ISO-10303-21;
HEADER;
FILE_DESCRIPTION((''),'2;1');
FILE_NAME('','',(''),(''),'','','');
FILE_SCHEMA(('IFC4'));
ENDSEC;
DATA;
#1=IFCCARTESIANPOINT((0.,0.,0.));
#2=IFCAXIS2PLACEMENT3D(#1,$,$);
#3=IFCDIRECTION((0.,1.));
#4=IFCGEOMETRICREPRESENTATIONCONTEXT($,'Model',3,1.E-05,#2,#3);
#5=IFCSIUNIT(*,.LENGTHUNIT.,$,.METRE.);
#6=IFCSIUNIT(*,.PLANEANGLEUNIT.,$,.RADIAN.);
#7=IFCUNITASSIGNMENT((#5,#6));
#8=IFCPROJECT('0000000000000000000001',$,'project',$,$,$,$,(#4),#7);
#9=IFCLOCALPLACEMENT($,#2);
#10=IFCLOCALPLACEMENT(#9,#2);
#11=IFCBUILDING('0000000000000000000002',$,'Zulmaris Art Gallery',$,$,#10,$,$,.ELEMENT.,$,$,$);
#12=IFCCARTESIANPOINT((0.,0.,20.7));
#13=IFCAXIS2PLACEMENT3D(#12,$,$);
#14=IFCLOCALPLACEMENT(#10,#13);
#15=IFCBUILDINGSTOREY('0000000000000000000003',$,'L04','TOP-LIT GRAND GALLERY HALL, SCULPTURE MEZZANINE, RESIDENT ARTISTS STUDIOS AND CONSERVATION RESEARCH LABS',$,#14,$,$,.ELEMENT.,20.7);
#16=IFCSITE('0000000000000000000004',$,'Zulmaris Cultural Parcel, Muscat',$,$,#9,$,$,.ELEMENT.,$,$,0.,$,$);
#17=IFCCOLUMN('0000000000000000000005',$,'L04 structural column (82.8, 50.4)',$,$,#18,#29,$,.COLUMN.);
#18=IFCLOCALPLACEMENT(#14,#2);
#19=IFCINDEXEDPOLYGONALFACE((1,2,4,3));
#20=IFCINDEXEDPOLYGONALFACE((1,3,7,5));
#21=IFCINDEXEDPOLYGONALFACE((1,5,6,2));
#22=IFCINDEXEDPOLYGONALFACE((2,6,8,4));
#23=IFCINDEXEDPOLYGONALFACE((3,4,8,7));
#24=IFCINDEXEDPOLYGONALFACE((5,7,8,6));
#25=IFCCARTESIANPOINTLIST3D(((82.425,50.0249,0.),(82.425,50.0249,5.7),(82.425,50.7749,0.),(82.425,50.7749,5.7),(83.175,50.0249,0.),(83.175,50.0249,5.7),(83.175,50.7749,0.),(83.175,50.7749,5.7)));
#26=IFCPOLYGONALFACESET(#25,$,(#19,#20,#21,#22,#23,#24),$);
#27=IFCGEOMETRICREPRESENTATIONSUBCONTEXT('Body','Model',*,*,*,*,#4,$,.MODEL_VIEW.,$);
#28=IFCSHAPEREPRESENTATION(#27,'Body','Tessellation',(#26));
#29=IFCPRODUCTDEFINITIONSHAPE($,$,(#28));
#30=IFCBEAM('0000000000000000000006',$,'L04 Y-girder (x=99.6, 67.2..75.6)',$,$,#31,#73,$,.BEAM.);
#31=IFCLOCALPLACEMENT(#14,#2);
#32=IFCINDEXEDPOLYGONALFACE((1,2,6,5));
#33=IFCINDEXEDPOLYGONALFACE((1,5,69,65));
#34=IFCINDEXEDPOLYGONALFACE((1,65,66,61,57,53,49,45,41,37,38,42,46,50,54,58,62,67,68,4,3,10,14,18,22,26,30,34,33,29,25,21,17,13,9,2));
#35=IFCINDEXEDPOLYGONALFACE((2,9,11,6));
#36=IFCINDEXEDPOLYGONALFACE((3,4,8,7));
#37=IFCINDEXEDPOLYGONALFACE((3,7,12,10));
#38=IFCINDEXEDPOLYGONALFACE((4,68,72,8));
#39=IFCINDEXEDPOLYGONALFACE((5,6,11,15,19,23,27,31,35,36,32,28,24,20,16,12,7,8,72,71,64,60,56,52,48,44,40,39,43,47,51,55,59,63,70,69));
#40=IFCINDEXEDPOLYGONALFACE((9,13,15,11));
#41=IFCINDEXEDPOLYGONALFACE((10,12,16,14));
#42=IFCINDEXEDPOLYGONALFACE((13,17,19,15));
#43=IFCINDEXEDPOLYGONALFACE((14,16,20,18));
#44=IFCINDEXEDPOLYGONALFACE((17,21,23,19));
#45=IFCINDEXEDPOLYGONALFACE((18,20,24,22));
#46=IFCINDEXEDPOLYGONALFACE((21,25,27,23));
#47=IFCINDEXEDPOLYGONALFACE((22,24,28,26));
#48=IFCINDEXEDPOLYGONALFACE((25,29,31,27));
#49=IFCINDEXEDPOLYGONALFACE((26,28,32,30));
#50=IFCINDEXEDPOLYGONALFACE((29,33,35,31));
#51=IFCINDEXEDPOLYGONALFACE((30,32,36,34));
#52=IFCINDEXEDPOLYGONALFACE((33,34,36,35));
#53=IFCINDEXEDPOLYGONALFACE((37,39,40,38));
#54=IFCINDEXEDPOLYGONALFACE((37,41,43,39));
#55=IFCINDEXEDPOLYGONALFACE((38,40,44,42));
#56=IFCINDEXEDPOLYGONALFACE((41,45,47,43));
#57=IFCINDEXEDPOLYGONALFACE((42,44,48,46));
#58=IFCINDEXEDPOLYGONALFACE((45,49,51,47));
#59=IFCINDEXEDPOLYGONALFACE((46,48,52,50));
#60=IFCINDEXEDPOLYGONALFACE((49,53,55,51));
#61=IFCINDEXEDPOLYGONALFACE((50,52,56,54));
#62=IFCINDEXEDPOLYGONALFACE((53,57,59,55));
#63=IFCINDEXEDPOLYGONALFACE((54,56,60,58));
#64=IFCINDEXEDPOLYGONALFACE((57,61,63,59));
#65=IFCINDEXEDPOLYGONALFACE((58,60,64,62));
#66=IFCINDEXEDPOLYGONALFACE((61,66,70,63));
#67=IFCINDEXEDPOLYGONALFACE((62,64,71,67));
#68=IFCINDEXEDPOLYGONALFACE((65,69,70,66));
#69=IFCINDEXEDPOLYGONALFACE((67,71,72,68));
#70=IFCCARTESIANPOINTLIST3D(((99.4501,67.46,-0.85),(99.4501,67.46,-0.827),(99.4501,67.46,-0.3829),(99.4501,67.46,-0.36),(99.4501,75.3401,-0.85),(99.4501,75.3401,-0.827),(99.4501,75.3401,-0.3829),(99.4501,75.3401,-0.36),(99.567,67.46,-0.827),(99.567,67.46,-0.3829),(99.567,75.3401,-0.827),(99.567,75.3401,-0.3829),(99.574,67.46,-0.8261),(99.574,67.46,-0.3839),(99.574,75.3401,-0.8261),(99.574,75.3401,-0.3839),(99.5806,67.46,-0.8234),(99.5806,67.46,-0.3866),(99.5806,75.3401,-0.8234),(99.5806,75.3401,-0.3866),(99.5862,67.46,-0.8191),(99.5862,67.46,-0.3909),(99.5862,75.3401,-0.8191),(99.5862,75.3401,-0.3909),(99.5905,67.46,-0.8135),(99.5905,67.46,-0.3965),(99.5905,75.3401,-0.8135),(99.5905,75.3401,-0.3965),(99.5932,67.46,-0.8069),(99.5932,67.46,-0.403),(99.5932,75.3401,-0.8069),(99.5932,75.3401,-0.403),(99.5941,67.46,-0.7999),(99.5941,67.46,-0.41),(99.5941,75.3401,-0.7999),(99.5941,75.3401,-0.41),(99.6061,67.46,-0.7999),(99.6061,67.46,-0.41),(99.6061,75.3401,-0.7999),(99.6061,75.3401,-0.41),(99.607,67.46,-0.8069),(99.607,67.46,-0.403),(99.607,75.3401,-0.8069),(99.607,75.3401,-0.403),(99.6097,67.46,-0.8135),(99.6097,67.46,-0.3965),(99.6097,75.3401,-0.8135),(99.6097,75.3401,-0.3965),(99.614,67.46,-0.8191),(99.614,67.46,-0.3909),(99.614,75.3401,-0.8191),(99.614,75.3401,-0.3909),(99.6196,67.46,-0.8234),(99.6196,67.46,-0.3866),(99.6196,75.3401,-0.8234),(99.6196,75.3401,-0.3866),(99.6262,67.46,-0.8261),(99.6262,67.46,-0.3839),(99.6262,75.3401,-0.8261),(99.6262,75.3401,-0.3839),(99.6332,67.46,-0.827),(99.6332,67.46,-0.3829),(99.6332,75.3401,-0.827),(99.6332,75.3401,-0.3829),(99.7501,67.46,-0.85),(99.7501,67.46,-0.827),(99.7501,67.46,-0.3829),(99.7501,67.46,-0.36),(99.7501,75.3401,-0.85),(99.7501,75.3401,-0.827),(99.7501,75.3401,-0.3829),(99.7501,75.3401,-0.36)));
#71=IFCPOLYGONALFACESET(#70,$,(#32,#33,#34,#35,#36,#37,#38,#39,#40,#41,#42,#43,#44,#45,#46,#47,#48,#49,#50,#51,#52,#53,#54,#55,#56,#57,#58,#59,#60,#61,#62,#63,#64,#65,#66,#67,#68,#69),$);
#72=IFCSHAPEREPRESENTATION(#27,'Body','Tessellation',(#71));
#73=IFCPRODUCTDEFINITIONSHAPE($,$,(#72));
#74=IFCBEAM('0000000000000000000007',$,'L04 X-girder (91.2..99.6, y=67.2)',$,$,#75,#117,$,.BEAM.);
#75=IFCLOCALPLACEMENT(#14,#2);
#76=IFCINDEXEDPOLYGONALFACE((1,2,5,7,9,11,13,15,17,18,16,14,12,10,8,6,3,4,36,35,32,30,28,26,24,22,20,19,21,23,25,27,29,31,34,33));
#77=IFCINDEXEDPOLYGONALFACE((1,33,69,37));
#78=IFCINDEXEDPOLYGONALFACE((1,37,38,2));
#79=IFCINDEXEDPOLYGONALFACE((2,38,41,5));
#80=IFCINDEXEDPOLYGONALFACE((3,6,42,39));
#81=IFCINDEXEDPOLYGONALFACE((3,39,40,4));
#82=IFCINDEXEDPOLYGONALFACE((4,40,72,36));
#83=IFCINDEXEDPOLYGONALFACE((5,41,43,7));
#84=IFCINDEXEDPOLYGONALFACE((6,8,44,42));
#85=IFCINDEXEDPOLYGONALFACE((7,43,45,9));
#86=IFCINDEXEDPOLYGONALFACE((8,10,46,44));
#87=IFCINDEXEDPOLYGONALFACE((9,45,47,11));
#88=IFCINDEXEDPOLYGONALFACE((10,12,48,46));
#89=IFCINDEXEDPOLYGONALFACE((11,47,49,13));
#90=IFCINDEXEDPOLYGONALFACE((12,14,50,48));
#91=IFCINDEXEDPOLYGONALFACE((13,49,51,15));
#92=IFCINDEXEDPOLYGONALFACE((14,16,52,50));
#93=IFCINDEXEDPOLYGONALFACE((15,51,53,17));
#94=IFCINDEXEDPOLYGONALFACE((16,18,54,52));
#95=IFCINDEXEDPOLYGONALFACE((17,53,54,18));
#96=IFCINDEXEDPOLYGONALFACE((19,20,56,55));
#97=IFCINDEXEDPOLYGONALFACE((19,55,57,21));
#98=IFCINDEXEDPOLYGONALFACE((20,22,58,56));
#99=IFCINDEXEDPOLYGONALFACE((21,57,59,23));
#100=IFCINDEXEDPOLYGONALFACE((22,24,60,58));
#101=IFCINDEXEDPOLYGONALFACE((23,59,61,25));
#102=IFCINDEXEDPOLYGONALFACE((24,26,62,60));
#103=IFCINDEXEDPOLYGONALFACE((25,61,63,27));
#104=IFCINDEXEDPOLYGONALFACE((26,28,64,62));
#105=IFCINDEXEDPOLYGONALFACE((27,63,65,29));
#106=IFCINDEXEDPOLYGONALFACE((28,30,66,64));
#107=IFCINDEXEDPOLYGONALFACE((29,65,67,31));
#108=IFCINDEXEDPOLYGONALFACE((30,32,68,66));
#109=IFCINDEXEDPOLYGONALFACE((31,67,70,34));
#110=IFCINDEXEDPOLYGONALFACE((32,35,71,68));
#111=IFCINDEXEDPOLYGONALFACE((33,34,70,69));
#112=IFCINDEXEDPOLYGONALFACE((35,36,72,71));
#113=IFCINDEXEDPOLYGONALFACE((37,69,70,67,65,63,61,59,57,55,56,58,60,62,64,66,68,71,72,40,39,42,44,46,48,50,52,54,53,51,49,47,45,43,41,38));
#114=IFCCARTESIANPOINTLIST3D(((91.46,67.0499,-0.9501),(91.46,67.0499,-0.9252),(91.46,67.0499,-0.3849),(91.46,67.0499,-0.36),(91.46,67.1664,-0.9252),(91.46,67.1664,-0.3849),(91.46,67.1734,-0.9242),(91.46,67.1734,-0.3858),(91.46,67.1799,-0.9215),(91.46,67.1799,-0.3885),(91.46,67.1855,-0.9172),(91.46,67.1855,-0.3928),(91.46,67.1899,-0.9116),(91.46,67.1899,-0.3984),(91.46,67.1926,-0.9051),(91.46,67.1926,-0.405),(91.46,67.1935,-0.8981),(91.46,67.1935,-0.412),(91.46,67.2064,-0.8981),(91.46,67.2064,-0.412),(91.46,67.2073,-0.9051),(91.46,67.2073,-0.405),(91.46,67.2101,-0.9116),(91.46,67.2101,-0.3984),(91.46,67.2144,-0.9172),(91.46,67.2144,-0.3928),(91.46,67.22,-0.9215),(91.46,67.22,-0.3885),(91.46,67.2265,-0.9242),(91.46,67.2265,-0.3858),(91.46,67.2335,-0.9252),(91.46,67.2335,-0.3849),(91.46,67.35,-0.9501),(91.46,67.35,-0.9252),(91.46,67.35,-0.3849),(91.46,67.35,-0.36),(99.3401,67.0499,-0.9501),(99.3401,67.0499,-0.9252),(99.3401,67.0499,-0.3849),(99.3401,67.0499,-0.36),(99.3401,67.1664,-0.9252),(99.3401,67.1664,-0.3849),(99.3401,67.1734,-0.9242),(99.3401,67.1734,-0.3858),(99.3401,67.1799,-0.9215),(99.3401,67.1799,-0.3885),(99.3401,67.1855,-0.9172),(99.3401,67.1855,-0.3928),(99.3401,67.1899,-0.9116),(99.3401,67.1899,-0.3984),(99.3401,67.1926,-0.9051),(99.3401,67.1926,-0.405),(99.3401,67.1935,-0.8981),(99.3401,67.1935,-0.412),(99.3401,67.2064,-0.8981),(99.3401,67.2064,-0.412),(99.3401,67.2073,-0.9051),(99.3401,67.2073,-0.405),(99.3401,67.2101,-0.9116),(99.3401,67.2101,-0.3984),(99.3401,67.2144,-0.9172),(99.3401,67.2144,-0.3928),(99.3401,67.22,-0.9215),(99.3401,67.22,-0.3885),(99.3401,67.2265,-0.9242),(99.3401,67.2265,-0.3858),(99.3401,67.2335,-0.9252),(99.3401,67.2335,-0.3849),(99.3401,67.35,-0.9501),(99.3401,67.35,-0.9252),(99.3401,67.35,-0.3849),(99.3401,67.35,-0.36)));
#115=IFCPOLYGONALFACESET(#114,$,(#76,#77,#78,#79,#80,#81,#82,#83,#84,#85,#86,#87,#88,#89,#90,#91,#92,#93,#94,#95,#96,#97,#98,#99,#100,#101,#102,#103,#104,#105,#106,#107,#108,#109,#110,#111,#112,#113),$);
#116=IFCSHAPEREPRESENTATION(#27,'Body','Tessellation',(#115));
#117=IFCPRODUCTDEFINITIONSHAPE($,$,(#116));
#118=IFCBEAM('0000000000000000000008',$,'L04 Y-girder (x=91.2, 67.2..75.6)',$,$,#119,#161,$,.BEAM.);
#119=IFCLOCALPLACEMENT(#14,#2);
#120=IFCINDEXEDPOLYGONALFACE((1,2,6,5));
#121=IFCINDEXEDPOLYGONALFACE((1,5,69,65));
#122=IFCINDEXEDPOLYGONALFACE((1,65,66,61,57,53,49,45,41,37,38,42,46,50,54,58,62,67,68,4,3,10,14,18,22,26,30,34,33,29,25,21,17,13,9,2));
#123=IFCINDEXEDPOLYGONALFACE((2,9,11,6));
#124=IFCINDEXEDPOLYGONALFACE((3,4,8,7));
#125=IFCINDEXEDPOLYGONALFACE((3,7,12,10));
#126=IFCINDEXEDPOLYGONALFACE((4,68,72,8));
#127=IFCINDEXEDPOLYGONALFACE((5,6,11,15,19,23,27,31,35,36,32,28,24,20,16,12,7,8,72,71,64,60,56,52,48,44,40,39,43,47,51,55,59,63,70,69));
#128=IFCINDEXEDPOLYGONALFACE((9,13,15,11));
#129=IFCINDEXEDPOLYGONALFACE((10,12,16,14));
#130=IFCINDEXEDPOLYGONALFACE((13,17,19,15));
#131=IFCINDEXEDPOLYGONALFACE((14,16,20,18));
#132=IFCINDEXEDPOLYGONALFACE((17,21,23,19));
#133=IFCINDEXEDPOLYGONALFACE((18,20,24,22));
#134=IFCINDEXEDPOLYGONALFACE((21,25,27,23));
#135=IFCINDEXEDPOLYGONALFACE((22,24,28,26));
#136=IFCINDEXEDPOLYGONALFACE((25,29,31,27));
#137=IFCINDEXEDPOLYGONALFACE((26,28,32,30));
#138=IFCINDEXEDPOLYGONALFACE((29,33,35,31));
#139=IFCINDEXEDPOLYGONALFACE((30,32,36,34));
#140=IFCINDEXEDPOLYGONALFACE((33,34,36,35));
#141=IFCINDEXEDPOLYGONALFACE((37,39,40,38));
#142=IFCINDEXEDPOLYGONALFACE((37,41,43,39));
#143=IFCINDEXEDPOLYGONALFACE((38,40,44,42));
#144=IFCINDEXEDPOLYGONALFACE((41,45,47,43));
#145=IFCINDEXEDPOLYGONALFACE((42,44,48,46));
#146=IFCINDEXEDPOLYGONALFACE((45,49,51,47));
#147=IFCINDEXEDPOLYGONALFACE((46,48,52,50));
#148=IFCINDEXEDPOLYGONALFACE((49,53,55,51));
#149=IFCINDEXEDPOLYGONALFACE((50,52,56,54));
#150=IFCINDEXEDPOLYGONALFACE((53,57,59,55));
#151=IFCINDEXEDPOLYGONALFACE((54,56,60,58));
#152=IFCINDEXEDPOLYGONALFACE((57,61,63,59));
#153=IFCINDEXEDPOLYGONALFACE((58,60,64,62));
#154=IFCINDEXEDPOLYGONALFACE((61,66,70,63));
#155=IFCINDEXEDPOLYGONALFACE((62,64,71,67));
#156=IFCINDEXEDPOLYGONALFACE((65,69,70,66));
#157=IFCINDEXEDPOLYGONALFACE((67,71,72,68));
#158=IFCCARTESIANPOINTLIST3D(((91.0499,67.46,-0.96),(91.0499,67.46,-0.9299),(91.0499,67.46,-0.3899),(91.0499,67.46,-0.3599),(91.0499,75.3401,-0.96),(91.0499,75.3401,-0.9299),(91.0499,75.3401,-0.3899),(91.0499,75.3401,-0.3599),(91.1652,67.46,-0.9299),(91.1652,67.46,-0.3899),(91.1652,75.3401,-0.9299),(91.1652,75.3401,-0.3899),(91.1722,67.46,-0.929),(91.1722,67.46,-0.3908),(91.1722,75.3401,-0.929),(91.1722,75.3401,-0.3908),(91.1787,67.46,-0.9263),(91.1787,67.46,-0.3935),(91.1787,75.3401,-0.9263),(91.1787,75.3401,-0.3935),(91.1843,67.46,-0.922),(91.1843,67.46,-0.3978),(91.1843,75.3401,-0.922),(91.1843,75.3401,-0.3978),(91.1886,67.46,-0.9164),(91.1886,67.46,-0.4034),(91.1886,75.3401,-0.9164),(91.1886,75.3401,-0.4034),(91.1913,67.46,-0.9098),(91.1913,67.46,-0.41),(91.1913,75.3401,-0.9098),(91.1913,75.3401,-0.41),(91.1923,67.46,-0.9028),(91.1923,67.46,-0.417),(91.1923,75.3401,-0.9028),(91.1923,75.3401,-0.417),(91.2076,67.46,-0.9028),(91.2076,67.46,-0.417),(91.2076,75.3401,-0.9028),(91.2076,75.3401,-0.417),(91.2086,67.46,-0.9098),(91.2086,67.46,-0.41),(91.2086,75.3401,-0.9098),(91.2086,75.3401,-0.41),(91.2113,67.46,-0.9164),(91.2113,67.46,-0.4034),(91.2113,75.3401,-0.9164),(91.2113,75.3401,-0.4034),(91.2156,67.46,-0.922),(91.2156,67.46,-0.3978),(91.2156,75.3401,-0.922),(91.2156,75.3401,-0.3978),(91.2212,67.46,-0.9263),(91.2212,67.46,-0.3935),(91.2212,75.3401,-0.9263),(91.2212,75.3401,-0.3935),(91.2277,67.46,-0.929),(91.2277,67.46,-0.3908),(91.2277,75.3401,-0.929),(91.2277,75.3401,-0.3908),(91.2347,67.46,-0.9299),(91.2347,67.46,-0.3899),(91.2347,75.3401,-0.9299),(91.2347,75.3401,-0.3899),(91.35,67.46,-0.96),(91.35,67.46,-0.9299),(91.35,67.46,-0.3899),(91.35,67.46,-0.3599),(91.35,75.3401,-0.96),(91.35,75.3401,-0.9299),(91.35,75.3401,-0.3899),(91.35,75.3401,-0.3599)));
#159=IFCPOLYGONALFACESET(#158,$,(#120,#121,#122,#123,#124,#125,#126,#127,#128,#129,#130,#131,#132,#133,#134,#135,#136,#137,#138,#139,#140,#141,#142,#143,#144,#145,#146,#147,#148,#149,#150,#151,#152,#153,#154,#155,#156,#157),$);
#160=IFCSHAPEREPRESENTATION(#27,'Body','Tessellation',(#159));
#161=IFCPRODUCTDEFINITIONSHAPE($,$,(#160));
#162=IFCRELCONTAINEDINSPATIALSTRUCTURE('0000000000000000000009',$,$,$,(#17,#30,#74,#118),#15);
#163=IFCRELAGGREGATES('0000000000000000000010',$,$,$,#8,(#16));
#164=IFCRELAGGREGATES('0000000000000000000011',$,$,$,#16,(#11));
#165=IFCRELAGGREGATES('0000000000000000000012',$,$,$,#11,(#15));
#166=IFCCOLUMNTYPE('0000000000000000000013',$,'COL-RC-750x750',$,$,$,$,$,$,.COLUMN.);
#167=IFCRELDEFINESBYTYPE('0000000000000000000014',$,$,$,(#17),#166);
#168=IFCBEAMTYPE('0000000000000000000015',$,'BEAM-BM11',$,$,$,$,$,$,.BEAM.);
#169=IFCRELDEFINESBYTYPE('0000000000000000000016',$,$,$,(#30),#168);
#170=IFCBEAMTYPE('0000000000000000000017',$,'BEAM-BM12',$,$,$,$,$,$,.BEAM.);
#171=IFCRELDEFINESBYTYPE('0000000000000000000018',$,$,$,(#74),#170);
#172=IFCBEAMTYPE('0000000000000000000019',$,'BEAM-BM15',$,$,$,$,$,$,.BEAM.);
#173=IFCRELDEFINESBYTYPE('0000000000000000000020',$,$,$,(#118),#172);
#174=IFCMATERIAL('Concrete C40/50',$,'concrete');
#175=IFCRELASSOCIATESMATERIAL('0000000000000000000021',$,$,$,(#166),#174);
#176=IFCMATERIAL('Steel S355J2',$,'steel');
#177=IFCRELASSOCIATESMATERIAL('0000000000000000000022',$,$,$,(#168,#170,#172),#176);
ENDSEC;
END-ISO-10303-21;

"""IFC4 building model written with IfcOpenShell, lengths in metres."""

from ifc_helpers import new_model, si_unit, direction, frame, origin, origin_2d, place, context, subcontext, project, spatial, rectangle, i_section, extrude, material, material_profile, profile_set, type_object, element, save


model = new_model("IFC4")

# Units and contexts
model_context = context("Model", 3, precision=1e-05, world=origin(), true_north=direction((0.0, 1.0)))
body_context = subcontext(model_context, "Body", "Model", "MODEL_VIEW")
ifc_project = project(units=[si_unit("LENGTHUNIT", "METRE"), si_unit("PLANEANGLEUNIT", "RADIAN")], contexts=[model_context])

# Site, building, storey
site_placement = place(None, origin())
site = spatial("IfcSite", under=ifc_project, at=site_placement, Name="Zulmaris Cultural Parcel, Muscat", CompositionType="ELEMENT", RefElevation=0.0)
building_placement = place(site_placement, origin())
building = spatial("IfcBuilding", under=site, at=building_placement, Name="Zulmaris Art Gallery", CompositionType="ELEMENT")
storey_placement = place(building_placement, frame((0.0, 0.0, 20.7)))
storey = spatial("IfcBuildingStorey", under=building, at=storey_placement, Name="L04", Description="TOP-LIT GRAND GALLERY HALL, SCULPTURE MEZZANINE, RESIDENT ARTISTS STUDIOS AND CONSERVATION RESEARCH LABS", CompositionType="ELEMENT", Elevation=20.7)

# Column
ifc_material_1 = material(Name="Concrete C40/50", Category="concrete")
ifc_material_profile_1 = material_profile(ifc_material_1, rectangle(XDim=0.75, YDim=0.75, at=origin_2d()), Name="RC 750x750")
ifc_profile_set_1 = profile_set([ifc_material_profile_1], Name="Concrete C40/50")
column_type = type_object("IfcColumnType", Name="COL-RC-750x750", PredefinedType="COLUMN", material=ifc_profile_set_1)
column_placement = place(storey_placement, frame((82.8, 50.3999, 0.0), z_axis=(0.0, 0.0, 1.0), x_axis=(1.0, 0.0, 0.0)))
element("IfcColumn", 1, at=column_placement, inside=storey, type_object=column_type, Name="L04 structural column (82.8, 50.4)", PredefinedType="COLUMN", context=body_context, shape_type="SweptSolid", body=[
    extrude(rectangle(XDim=0.75, YDim=0.75, at=origin_2d()), origin(), (0.0, 0.0, 1.0), 5.7),
])

# Beams
ifc_material_2 = material(Name="Steel S355J2", Category="steel")
ifc_material_profile_2 = material_profile(ifc_material_2, i_section(OverallWidth=0.3, OverallDepth=0.49, WebThickness=0.012, FlangeThickness=0.0229, FilletRadius=0.0271, at=origin_2d()), Name="HEA 500")
ifc_profile_set_2 = profile_set([ifc_material_profile_2], Name="Steel S355J2")
beam_type_1 = type_object("IfcBeamType", Name="BEAM-BM11", PredefinedType="BEAM", material=ifc_profile_set_2)
beam_1_placement = place(storey_placement, frame((99.6001, 67.46, -0.605), z_axis=(0.0, 1.0, 0.0), x_axis=(-1.0, 0.0, 0.0)))
element("IfcBeam", 2, at=beam_1_placement, inside=storey, type_object=beam_type_1, Name="L04 Y-girder (x=99.6, 67.2..75.6)", PredefinedType="BEAM", context=body_context, shape_type="SweptSolid", body=[
    extrude(i_section(OverallWidth=0.3, OverallDepth=0.49, WebThickness=0.012, FlangeThickness=0.0229, FilletRadius=0.0271, at=origin_2d()), origin(), (0.0, 0.0, 1.0), 7.8801),
])
ifc_material_profile_3 = material_profile(ifc_material_2, i_section(OverallWidth=0.3, OverallDepth=0.5901, WebThickness=0.0129, FlangeThickness=0.0249, FilletRadius=0.0271, at=origin_2d()), Name="HEA 600")
ifc_profile_set_3 = profile_set([ifc_material_profile_3], Name="Steel S355J2")
beam_type_2 = type_object("IfcBeamType", Name="BEAM-BM12", PredefinedType="BEAM", material=ifc_profile_set_3)
beam_2_placement = place(storey_placement, frame((91.46, 67.2, -0.655), z_axis=(1.0, 0.0, 0.0), x_axis=(0.0, 1.0, 0.0)))
element("IfcBeam", 3, at=beam_2_placement, inside=storey, type_object=beam_type_2, Name="L04 X-girder (91.2..99.6, y=67.2)", PredefinedType="BEAM", context=body_context, shape_type="SweptSolid", body=[
    extrude(i_section(OverallWidth=0.3, OverallDepth=0.5901, WebThickness=0.0129, FlangeThickness=0.0249, FilletRadius=0.0271, at=origin_2d()), origin(), (0.0, 0.0, 1.0), 7.8801),
])
ifc_material_profile_4 = material_profile(ifc_material_2, i_section(OverallWidth=0.3, OverallDepth=0.6001, WebThickness=0.0154, FlangeThickness=0.03, FilletRadius=0.0271, at=origin_2d()), Name="HEB 600")
ifc_profile_set_4 = profile_set([ifc_material_profile_4], Name="Steel S355J2")
beam_type_3 = type_object("IfcBeamType", Name="BEAM-BM15", PredefinedType="BEAM", material=ifc_profile_set_4)
beam_3_placement = place(storey_placement, frame((91.2, 67.46, -0.6599), z_axis=(0.0, 1.0, 0.0), x_axis=(-1.0, 0.0, 0.0)))
element("IfcBeam", 4, at=beam_3_placement, inside=storey, type_object=beam_type_3, Name="L04 Y-girder (x=91.2, 67.2..75.6)", PredefinedType="BEAM", context=body_context, shape_type="SweptSolid", body=[
    extrude(i_section(OverallWidth=0.3, OverallDepth=0.6001, WebThickness=0.0154, FlangeThickness=0.03, FilletRadius=0.0271, at=origin_2d()), origin(), (0.0, 0.0, 1.0), 7.8801),
])

save(model, "model.ifc")
